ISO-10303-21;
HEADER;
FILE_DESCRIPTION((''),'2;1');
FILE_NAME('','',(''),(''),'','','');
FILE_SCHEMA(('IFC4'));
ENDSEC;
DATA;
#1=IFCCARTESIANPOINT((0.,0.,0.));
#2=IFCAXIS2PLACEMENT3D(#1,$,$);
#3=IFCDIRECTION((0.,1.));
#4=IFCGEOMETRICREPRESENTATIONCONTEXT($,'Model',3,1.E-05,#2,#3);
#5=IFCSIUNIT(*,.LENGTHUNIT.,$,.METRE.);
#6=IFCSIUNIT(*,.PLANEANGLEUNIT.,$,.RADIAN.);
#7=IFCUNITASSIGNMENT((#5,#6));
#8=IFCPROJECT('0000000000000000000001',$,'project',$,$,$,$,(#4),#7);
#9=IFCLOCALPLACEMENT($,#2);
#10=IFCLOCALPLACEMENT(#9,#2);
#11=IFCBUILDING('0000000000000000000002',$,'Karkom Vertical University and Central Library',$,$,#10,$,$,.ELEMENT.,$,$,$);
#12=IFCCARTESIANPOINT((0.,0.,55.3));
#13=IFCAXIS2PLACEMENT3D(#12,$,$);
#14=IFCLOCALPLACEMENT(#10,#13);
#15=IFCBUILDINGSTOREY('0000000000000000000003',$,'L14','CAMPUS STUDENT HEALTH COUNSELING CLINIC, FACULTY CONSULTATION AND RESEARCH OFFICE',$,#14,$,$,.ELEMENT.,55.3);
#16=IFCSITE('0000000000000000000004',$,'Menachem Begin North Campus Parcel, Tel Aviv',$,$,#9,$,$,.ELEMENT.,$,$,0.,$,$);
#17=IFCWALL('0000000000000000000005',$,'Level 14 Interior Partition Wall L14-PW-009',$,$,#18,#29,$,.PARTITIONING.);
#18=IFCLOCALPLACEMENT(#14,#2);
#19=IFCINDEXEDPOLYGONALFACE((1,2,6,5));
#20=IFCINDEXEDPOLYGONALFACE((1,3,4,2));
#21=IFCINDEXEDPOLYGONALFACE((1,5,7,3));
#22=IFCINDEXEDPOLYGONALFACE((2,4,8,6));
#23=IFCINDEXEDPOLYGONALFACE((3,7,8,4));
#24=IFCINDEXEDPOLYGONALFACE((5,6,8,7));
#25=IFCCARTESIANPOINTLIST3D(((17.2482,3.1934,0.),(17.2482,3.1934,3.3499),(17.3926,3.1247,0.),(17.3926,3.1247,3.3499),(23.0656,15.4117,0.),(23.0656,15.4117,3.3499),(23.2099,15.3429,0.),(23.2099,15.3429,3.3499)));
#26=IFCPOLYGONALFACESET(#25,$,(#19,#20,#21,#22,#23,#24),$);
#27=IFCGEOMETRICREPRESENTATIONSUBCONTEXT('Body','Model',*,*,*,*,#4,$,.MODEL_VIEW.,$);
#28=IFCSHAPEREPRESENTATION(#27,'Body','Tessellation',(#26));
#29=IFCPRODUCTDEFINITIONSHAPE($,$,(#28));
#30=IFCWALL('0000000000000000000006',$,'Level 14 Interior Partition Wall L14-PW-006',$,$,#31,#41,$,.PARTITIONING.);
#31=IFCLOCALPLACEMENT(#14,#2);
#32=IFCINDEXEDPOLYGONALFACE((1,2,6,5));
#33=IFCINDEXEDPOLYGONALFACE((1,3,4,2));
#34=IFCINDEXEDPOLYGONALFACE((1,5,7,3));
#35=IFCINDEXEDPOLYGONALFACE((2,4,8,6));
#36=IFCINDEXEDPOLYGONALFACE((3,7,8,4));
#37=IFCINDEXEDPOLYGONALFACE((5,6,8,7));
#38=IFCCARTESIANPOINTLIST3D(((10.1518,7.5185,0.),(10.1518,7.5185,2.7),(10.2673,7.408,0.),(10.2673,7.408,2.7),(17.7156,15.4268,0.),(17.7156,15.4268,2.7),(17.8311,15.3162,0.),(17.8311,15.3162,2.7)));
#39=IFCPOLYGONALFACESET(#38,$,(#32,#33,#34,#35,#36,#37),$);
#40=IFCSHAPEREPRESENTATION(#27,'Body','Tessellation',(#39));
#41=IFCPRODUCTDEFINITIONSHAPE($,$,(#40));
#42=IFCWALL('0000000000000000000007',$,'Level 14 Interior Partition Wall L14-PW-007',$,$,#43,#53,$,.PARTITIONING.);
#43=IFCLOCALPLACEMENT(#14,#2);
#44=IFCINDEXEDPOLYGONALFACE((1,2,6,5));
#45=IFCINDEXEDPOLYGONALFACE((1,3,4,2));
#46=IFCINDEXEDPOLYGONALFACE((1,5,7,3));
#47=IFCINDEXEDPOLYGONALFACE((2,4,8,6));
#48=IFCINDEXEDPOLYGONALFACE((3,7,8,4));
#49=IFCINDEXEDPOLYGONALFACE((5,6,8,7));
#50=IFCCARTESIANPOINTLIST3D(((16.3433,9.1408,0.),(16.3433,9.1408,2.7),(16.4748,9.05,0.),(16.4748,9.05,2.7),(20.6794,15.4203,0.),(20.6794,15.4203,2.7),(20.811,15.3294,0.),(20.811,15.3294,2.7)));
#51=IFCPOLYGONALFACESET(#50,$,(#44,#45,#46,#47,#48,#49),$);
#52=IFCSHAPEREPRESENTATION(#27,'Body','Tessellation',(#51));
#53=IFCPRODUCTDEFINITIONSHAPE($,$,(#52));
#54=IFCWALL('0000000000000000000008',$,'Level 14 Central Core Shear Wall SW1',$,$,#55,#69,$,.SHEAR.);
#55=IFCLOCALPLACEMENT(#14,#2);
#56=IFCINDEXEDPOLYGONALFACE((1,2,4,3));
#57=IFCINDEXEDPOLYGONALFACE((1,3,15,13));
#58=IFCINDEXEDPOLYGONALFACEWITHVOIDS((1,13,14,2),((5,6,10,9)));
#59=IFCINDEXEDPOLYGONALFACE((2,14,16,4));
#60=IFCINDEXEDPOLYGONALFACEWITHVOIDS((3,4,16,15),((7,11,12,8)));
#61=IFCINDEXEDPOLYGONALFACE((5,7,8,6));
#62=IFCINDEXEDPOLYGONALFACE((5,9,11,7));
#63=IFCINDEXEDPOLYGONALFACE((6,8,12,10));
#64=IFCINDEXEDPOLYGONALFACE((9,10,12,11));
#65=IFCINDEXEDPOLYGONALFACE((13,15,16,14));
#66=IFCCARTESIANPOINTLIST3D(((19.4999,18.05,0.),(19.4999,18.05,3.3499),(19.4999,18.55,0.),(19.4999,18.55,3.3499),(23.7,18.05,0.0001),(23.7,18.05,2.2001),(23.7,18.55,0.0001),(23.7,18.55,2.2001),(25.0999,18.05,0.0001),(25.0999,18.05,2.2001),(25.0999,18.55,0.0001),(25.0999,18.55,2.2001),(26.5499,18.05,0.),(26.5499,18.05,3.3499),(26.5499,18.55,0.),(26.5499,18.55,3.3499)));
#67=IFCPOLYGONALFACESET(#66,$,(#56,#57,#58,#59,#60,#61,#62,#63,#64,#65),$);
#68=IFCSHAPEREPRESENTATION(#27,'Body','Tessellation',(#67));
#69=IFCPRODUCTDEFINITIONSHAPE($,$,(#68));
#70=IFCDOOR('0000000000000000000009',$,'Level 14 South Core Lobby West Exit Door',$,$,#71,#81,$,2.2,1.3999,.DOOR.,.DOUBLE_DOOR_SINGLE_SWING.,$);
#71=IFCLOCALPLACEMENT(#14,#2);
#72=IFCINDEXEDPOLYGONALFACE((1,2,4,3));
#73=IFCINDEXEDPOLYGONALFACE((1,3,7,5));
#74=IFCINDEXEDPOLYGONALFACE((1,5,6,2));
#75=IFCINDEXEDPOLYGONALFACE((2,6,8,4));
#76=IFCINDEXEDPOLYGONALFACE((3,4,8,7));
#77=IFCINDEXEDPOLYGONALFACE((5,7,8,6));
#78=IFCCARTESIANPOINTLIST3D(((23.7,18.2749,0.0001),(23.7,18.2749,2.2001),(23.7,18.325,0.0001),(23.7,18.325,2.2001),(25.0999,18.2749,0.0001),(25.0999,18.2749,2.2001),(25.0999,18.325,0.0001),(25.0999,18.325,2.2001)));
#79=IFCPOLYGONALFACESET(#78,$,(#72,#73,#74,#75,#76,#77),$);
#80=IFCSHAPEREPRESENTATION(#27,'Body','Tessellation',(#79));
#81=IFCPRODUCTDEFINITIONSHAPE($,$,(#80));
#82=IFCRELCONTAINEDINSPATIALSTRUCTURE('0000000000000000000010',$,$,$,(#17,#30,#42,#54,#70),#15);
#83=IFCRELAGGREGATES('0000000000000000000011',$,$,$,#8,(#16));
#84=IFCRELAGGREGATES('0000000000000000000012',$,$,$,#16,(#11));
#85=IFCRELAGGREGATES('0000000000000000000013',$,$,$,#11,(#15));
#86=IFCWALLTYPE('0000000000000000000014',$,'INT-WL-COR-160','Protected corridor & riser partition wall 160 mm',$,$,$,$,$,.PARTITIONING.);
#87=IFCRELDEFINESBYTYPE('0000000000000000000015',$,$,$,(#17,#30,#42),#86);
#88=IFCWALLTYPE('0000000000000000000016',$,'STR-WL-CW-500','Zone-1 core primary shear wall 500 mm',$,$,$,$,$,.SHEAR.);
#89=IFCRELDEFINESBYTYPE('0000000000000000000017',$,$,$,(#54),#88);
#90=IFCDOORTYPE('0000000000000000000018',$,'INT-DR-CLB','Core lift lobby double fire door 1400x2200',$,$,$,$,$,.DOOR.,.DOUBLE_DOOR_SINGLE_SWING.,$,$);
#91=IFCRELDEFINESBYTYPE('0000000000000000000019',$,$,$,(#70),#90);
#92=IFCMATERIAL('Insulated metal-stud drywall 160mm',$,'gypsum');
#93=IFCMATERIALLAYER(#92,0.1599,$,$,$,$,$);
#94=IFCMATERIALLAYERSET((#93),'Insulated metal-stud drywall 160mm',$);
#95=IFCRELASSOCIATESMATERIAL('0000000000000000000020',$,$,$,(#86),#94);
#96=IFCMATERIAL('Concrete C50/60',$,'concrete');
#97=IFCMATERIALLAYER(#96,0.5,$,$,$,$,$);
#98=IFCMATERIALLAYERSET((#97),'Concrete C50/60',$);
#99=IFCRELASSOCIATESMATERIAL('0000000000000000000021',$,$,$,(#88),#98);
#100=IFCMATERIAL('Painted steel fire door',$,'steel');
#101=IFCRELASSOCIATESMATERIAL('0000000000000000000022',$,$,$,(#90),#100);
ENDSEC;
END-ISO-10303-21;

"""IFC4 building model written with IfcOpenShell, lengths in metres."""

from ifc_helpers import new_model, si_unit, direction, frame, frame_2d, origin, origin_with_axes, place, context, subcontext, project, spatial, rectangle, extrude, source, transform, mapped, material, layer, layer_set, type_object, element, fill, save


model = new_model("IFC4")

# Units and contexts
model_context = context("Model", 3, precision=1e-05, world=origin(), true_north=direction((0.0, 1.0)))
body_context = subcontext(model_context, "Body", "Model", "MODEL_VIEW")
ifc_project = project(units=[si_unit("LENGTHUNIT", "METRE"), si_unit("PLANEANGLEUNIT", "RADIAN")], contexts=[model_context])

# Site, building, storey
site_placement = place(None, origin())
site = spatial("IfcSite", under=ifc_project, at=site_placement, Name="Menachem Begin North Campus Parcel, Tel Aviv", CompositionType="ELEMENT", RefElevation=0.0)
building_placement = place(site_placement, origin())
building = spatial("IfcBuilding", under=site, at=building_placement, Name="Karkom Vertical University and Central Library", CompositionType="ELEMENT")
storey_placement = place(building_placement, frame((0.0, 0.0, 55.3)))
storey = spatial("IfcBuildingStorey", under=building, at=storey_placement, Name="L14", Description="CAMPUS STUDENT HEALTH COUNSELING CLINIC, FACULTY CONSULTATION AND RESEARCH OFFICE", CompositionType="ELEMENT", Elevation=55.3)

# Shared definitions
ifc_material_1 = material(Name="Concrete C50/60", Category="concrete")

# Walls
ifc_material_2 = material(Name="Insulated metal-stud drywall 160mm", Category="gypsum")
ifc_layer_1 = layer(ifc_material_2, 0.1599)
ifc_layer_set_1 = layer_set([ifc_layer_1], Name="Insulated metal-stud drywall 160mm")
wall_type_1 = type_object("IfcWallType", Name="INT-WL-COR-160", Description="Protected corridor & riser partition wall 160 mm", PredefinedType="PARTITIONING", material=ifc_layer_set_1)
wall_1_placement = place(storey_placement, frame((23.1377, 15.3772, 0.0), z_axis=(0.0, 0.0, 1.0), x_axis=(-0.429883, -0.902885, 0.0)))
element("IfcWall", 1, at=wall_1_placement, inside=storey, type_object=wall_type_1, Name="Level 14 Interior Partition Wall L14-PW-009", PredefinedType="PARTITIONING", context=body_context, shape_type="SweptSolid", body=[
    extrude(rectangle(XDim=13.5325, YDim=0.1599, at=frame_2d((6.7661, 0.0))), origin(), (0.0, 0.0, 1.0), 3.3499),
])
wall_2_placement = place(storey_placement, frame((17.7734, 15.3716, 0.0), z_axis=(0.0, 0.0, 1.0), x_axis=(-0.691192, -0.722671, 0.0)))
element("IfcWall", 2, at=wall_2_placement, inside=storey, type_object=wall_type_1, Name="Level 14 Interior Partition Wall L14-PW-006", PredefinedType="PARTITIONING", context=body_context, shape_type="SweptSolid", body=[
    extrude(rectangle(XDim=10.9431, YDim=0.1599, at=frame_2d((5.4717, 0.0))), origin(), (0.0, 0.0, 1.0), 2.7),
])
wall_3_placement = place(storey_placement, frame((20.7451, 15.3748, 0.0), z_axis=(0.0, 0.0, 1.0), x_axis=(-0.568218, -0.822878, 0.0)))
element("IfcWall", 3, at=wall_3_placement, inside=storey, type_object=wall_type_1, Name="Level 14 Interior Partition Wall L14-PW-007", PredefinedType="PARTITIONING", context=body_context, shape_type="SweptSolid", body=[
    extrude(rectangle(XDim=7.6311, YDim=0.1599, at=frame_2d((3.8154, 0.0))), origin(), (0.0, 0.0, 1.0), 2.7),
])

# Wall, opening, door
ifc_layer_2 = layer(ifc_material_1, 0.5)
ifc_layer_set_2 = layer_set([ifc_layer_2], Name="Concrete C50/60")
wall_type_2 = type_object("IfcWallType", Name="STR-WL-CW-500", Description="Zone-1 core primary shear wall 500 mm", PredefinedType="SHEAR", material=ifc_layer_set_2)
wall_4_placement = place(storey_placement, frame((19.5, 18.3, 0.0), z_axis=(0.0, 0.0, 1.0), x_axis=(1.0, 0.0, 0.0)))
wall_4 = element("IfcWall", 4, at=wall_4_placement, inside=storey, type_object=wall_type_2, Name="Level 14 Central Core Shear Wall SW1", PredefinedType="SHEAR", context=body_context, shape_type="SweptSolid", body=[
    extrude(rectangle(XDim=7.05, YDim=0.5, at=frame_2d((3.5249, 0.0))), origin(), (0.0, 0.0, 1.0), 3.3499),
])
opening_1_placement = place(wall_4_placement, frame((4.2, 0.0, 0.0)))
opening_1 = element("IfcOpeningElement", 5, at=opening_1_placement, cuts=wall_4, PredefinedType="OPENING", context=body_context, shape_type="SweptSolid", body=[
    extrude(rectangle(XDim=1.3999, YDim=2.2, at=frame_2d((0.7, 1.1001))), frame((0.0, 0.26, 0.0), z_axis=(0.0, -1.0, 0.0), x_axis=(1.0, 0.0, 0.0)), (0.0, 0.0, 1.0), 0.52),
])
ifc_material_3 = material(Name="Painted steel fire door", Category="steel")
door_type = type_object("IfcDoorType", Name="INT-DR-CLB", Description="Core lift lobby double fire door 1400x2200", OperationType="DOUBLE_DOOR_SINGLE_SWING", PredefinedType="DOOR", material=ifc_material_3)
shared_shape_1 = source(origin_with_axes(), body_context, "Body", "SweptSolid", [
    extrude(rectangle(XDim=1.3999, YDim=2.2, at=frame_2d((0.7, 1.1001))), frame((0.0, 0.0249, 0.0), z_axis=(0.0, -1.0, 0.0), x_axis=(1.0, 0.0, 0.0)), (0.0, 0.0, 1.0), 0.05),
])
door_placement = place(opening_1_placement, origin())
door = element("IfcDoor", 6, at=door_placement, inside=storey, type_object=door_type, Name="Level 14 South Core Lobby West Exit Door", OperationType="DOUBLE_DOOR_SINGLE_SWING", OverallHeight=2.2, OverallWidth=1.3999, PredefinedType="DOOR", context=body_context, shape_type="MappedRepresentation", body=[
    mapped(shared_shape_1, transform((0.0, 0.0, 0.0), scale=1.0)),
])
fill(opening_1, door)

save(model, "model.ifc")
